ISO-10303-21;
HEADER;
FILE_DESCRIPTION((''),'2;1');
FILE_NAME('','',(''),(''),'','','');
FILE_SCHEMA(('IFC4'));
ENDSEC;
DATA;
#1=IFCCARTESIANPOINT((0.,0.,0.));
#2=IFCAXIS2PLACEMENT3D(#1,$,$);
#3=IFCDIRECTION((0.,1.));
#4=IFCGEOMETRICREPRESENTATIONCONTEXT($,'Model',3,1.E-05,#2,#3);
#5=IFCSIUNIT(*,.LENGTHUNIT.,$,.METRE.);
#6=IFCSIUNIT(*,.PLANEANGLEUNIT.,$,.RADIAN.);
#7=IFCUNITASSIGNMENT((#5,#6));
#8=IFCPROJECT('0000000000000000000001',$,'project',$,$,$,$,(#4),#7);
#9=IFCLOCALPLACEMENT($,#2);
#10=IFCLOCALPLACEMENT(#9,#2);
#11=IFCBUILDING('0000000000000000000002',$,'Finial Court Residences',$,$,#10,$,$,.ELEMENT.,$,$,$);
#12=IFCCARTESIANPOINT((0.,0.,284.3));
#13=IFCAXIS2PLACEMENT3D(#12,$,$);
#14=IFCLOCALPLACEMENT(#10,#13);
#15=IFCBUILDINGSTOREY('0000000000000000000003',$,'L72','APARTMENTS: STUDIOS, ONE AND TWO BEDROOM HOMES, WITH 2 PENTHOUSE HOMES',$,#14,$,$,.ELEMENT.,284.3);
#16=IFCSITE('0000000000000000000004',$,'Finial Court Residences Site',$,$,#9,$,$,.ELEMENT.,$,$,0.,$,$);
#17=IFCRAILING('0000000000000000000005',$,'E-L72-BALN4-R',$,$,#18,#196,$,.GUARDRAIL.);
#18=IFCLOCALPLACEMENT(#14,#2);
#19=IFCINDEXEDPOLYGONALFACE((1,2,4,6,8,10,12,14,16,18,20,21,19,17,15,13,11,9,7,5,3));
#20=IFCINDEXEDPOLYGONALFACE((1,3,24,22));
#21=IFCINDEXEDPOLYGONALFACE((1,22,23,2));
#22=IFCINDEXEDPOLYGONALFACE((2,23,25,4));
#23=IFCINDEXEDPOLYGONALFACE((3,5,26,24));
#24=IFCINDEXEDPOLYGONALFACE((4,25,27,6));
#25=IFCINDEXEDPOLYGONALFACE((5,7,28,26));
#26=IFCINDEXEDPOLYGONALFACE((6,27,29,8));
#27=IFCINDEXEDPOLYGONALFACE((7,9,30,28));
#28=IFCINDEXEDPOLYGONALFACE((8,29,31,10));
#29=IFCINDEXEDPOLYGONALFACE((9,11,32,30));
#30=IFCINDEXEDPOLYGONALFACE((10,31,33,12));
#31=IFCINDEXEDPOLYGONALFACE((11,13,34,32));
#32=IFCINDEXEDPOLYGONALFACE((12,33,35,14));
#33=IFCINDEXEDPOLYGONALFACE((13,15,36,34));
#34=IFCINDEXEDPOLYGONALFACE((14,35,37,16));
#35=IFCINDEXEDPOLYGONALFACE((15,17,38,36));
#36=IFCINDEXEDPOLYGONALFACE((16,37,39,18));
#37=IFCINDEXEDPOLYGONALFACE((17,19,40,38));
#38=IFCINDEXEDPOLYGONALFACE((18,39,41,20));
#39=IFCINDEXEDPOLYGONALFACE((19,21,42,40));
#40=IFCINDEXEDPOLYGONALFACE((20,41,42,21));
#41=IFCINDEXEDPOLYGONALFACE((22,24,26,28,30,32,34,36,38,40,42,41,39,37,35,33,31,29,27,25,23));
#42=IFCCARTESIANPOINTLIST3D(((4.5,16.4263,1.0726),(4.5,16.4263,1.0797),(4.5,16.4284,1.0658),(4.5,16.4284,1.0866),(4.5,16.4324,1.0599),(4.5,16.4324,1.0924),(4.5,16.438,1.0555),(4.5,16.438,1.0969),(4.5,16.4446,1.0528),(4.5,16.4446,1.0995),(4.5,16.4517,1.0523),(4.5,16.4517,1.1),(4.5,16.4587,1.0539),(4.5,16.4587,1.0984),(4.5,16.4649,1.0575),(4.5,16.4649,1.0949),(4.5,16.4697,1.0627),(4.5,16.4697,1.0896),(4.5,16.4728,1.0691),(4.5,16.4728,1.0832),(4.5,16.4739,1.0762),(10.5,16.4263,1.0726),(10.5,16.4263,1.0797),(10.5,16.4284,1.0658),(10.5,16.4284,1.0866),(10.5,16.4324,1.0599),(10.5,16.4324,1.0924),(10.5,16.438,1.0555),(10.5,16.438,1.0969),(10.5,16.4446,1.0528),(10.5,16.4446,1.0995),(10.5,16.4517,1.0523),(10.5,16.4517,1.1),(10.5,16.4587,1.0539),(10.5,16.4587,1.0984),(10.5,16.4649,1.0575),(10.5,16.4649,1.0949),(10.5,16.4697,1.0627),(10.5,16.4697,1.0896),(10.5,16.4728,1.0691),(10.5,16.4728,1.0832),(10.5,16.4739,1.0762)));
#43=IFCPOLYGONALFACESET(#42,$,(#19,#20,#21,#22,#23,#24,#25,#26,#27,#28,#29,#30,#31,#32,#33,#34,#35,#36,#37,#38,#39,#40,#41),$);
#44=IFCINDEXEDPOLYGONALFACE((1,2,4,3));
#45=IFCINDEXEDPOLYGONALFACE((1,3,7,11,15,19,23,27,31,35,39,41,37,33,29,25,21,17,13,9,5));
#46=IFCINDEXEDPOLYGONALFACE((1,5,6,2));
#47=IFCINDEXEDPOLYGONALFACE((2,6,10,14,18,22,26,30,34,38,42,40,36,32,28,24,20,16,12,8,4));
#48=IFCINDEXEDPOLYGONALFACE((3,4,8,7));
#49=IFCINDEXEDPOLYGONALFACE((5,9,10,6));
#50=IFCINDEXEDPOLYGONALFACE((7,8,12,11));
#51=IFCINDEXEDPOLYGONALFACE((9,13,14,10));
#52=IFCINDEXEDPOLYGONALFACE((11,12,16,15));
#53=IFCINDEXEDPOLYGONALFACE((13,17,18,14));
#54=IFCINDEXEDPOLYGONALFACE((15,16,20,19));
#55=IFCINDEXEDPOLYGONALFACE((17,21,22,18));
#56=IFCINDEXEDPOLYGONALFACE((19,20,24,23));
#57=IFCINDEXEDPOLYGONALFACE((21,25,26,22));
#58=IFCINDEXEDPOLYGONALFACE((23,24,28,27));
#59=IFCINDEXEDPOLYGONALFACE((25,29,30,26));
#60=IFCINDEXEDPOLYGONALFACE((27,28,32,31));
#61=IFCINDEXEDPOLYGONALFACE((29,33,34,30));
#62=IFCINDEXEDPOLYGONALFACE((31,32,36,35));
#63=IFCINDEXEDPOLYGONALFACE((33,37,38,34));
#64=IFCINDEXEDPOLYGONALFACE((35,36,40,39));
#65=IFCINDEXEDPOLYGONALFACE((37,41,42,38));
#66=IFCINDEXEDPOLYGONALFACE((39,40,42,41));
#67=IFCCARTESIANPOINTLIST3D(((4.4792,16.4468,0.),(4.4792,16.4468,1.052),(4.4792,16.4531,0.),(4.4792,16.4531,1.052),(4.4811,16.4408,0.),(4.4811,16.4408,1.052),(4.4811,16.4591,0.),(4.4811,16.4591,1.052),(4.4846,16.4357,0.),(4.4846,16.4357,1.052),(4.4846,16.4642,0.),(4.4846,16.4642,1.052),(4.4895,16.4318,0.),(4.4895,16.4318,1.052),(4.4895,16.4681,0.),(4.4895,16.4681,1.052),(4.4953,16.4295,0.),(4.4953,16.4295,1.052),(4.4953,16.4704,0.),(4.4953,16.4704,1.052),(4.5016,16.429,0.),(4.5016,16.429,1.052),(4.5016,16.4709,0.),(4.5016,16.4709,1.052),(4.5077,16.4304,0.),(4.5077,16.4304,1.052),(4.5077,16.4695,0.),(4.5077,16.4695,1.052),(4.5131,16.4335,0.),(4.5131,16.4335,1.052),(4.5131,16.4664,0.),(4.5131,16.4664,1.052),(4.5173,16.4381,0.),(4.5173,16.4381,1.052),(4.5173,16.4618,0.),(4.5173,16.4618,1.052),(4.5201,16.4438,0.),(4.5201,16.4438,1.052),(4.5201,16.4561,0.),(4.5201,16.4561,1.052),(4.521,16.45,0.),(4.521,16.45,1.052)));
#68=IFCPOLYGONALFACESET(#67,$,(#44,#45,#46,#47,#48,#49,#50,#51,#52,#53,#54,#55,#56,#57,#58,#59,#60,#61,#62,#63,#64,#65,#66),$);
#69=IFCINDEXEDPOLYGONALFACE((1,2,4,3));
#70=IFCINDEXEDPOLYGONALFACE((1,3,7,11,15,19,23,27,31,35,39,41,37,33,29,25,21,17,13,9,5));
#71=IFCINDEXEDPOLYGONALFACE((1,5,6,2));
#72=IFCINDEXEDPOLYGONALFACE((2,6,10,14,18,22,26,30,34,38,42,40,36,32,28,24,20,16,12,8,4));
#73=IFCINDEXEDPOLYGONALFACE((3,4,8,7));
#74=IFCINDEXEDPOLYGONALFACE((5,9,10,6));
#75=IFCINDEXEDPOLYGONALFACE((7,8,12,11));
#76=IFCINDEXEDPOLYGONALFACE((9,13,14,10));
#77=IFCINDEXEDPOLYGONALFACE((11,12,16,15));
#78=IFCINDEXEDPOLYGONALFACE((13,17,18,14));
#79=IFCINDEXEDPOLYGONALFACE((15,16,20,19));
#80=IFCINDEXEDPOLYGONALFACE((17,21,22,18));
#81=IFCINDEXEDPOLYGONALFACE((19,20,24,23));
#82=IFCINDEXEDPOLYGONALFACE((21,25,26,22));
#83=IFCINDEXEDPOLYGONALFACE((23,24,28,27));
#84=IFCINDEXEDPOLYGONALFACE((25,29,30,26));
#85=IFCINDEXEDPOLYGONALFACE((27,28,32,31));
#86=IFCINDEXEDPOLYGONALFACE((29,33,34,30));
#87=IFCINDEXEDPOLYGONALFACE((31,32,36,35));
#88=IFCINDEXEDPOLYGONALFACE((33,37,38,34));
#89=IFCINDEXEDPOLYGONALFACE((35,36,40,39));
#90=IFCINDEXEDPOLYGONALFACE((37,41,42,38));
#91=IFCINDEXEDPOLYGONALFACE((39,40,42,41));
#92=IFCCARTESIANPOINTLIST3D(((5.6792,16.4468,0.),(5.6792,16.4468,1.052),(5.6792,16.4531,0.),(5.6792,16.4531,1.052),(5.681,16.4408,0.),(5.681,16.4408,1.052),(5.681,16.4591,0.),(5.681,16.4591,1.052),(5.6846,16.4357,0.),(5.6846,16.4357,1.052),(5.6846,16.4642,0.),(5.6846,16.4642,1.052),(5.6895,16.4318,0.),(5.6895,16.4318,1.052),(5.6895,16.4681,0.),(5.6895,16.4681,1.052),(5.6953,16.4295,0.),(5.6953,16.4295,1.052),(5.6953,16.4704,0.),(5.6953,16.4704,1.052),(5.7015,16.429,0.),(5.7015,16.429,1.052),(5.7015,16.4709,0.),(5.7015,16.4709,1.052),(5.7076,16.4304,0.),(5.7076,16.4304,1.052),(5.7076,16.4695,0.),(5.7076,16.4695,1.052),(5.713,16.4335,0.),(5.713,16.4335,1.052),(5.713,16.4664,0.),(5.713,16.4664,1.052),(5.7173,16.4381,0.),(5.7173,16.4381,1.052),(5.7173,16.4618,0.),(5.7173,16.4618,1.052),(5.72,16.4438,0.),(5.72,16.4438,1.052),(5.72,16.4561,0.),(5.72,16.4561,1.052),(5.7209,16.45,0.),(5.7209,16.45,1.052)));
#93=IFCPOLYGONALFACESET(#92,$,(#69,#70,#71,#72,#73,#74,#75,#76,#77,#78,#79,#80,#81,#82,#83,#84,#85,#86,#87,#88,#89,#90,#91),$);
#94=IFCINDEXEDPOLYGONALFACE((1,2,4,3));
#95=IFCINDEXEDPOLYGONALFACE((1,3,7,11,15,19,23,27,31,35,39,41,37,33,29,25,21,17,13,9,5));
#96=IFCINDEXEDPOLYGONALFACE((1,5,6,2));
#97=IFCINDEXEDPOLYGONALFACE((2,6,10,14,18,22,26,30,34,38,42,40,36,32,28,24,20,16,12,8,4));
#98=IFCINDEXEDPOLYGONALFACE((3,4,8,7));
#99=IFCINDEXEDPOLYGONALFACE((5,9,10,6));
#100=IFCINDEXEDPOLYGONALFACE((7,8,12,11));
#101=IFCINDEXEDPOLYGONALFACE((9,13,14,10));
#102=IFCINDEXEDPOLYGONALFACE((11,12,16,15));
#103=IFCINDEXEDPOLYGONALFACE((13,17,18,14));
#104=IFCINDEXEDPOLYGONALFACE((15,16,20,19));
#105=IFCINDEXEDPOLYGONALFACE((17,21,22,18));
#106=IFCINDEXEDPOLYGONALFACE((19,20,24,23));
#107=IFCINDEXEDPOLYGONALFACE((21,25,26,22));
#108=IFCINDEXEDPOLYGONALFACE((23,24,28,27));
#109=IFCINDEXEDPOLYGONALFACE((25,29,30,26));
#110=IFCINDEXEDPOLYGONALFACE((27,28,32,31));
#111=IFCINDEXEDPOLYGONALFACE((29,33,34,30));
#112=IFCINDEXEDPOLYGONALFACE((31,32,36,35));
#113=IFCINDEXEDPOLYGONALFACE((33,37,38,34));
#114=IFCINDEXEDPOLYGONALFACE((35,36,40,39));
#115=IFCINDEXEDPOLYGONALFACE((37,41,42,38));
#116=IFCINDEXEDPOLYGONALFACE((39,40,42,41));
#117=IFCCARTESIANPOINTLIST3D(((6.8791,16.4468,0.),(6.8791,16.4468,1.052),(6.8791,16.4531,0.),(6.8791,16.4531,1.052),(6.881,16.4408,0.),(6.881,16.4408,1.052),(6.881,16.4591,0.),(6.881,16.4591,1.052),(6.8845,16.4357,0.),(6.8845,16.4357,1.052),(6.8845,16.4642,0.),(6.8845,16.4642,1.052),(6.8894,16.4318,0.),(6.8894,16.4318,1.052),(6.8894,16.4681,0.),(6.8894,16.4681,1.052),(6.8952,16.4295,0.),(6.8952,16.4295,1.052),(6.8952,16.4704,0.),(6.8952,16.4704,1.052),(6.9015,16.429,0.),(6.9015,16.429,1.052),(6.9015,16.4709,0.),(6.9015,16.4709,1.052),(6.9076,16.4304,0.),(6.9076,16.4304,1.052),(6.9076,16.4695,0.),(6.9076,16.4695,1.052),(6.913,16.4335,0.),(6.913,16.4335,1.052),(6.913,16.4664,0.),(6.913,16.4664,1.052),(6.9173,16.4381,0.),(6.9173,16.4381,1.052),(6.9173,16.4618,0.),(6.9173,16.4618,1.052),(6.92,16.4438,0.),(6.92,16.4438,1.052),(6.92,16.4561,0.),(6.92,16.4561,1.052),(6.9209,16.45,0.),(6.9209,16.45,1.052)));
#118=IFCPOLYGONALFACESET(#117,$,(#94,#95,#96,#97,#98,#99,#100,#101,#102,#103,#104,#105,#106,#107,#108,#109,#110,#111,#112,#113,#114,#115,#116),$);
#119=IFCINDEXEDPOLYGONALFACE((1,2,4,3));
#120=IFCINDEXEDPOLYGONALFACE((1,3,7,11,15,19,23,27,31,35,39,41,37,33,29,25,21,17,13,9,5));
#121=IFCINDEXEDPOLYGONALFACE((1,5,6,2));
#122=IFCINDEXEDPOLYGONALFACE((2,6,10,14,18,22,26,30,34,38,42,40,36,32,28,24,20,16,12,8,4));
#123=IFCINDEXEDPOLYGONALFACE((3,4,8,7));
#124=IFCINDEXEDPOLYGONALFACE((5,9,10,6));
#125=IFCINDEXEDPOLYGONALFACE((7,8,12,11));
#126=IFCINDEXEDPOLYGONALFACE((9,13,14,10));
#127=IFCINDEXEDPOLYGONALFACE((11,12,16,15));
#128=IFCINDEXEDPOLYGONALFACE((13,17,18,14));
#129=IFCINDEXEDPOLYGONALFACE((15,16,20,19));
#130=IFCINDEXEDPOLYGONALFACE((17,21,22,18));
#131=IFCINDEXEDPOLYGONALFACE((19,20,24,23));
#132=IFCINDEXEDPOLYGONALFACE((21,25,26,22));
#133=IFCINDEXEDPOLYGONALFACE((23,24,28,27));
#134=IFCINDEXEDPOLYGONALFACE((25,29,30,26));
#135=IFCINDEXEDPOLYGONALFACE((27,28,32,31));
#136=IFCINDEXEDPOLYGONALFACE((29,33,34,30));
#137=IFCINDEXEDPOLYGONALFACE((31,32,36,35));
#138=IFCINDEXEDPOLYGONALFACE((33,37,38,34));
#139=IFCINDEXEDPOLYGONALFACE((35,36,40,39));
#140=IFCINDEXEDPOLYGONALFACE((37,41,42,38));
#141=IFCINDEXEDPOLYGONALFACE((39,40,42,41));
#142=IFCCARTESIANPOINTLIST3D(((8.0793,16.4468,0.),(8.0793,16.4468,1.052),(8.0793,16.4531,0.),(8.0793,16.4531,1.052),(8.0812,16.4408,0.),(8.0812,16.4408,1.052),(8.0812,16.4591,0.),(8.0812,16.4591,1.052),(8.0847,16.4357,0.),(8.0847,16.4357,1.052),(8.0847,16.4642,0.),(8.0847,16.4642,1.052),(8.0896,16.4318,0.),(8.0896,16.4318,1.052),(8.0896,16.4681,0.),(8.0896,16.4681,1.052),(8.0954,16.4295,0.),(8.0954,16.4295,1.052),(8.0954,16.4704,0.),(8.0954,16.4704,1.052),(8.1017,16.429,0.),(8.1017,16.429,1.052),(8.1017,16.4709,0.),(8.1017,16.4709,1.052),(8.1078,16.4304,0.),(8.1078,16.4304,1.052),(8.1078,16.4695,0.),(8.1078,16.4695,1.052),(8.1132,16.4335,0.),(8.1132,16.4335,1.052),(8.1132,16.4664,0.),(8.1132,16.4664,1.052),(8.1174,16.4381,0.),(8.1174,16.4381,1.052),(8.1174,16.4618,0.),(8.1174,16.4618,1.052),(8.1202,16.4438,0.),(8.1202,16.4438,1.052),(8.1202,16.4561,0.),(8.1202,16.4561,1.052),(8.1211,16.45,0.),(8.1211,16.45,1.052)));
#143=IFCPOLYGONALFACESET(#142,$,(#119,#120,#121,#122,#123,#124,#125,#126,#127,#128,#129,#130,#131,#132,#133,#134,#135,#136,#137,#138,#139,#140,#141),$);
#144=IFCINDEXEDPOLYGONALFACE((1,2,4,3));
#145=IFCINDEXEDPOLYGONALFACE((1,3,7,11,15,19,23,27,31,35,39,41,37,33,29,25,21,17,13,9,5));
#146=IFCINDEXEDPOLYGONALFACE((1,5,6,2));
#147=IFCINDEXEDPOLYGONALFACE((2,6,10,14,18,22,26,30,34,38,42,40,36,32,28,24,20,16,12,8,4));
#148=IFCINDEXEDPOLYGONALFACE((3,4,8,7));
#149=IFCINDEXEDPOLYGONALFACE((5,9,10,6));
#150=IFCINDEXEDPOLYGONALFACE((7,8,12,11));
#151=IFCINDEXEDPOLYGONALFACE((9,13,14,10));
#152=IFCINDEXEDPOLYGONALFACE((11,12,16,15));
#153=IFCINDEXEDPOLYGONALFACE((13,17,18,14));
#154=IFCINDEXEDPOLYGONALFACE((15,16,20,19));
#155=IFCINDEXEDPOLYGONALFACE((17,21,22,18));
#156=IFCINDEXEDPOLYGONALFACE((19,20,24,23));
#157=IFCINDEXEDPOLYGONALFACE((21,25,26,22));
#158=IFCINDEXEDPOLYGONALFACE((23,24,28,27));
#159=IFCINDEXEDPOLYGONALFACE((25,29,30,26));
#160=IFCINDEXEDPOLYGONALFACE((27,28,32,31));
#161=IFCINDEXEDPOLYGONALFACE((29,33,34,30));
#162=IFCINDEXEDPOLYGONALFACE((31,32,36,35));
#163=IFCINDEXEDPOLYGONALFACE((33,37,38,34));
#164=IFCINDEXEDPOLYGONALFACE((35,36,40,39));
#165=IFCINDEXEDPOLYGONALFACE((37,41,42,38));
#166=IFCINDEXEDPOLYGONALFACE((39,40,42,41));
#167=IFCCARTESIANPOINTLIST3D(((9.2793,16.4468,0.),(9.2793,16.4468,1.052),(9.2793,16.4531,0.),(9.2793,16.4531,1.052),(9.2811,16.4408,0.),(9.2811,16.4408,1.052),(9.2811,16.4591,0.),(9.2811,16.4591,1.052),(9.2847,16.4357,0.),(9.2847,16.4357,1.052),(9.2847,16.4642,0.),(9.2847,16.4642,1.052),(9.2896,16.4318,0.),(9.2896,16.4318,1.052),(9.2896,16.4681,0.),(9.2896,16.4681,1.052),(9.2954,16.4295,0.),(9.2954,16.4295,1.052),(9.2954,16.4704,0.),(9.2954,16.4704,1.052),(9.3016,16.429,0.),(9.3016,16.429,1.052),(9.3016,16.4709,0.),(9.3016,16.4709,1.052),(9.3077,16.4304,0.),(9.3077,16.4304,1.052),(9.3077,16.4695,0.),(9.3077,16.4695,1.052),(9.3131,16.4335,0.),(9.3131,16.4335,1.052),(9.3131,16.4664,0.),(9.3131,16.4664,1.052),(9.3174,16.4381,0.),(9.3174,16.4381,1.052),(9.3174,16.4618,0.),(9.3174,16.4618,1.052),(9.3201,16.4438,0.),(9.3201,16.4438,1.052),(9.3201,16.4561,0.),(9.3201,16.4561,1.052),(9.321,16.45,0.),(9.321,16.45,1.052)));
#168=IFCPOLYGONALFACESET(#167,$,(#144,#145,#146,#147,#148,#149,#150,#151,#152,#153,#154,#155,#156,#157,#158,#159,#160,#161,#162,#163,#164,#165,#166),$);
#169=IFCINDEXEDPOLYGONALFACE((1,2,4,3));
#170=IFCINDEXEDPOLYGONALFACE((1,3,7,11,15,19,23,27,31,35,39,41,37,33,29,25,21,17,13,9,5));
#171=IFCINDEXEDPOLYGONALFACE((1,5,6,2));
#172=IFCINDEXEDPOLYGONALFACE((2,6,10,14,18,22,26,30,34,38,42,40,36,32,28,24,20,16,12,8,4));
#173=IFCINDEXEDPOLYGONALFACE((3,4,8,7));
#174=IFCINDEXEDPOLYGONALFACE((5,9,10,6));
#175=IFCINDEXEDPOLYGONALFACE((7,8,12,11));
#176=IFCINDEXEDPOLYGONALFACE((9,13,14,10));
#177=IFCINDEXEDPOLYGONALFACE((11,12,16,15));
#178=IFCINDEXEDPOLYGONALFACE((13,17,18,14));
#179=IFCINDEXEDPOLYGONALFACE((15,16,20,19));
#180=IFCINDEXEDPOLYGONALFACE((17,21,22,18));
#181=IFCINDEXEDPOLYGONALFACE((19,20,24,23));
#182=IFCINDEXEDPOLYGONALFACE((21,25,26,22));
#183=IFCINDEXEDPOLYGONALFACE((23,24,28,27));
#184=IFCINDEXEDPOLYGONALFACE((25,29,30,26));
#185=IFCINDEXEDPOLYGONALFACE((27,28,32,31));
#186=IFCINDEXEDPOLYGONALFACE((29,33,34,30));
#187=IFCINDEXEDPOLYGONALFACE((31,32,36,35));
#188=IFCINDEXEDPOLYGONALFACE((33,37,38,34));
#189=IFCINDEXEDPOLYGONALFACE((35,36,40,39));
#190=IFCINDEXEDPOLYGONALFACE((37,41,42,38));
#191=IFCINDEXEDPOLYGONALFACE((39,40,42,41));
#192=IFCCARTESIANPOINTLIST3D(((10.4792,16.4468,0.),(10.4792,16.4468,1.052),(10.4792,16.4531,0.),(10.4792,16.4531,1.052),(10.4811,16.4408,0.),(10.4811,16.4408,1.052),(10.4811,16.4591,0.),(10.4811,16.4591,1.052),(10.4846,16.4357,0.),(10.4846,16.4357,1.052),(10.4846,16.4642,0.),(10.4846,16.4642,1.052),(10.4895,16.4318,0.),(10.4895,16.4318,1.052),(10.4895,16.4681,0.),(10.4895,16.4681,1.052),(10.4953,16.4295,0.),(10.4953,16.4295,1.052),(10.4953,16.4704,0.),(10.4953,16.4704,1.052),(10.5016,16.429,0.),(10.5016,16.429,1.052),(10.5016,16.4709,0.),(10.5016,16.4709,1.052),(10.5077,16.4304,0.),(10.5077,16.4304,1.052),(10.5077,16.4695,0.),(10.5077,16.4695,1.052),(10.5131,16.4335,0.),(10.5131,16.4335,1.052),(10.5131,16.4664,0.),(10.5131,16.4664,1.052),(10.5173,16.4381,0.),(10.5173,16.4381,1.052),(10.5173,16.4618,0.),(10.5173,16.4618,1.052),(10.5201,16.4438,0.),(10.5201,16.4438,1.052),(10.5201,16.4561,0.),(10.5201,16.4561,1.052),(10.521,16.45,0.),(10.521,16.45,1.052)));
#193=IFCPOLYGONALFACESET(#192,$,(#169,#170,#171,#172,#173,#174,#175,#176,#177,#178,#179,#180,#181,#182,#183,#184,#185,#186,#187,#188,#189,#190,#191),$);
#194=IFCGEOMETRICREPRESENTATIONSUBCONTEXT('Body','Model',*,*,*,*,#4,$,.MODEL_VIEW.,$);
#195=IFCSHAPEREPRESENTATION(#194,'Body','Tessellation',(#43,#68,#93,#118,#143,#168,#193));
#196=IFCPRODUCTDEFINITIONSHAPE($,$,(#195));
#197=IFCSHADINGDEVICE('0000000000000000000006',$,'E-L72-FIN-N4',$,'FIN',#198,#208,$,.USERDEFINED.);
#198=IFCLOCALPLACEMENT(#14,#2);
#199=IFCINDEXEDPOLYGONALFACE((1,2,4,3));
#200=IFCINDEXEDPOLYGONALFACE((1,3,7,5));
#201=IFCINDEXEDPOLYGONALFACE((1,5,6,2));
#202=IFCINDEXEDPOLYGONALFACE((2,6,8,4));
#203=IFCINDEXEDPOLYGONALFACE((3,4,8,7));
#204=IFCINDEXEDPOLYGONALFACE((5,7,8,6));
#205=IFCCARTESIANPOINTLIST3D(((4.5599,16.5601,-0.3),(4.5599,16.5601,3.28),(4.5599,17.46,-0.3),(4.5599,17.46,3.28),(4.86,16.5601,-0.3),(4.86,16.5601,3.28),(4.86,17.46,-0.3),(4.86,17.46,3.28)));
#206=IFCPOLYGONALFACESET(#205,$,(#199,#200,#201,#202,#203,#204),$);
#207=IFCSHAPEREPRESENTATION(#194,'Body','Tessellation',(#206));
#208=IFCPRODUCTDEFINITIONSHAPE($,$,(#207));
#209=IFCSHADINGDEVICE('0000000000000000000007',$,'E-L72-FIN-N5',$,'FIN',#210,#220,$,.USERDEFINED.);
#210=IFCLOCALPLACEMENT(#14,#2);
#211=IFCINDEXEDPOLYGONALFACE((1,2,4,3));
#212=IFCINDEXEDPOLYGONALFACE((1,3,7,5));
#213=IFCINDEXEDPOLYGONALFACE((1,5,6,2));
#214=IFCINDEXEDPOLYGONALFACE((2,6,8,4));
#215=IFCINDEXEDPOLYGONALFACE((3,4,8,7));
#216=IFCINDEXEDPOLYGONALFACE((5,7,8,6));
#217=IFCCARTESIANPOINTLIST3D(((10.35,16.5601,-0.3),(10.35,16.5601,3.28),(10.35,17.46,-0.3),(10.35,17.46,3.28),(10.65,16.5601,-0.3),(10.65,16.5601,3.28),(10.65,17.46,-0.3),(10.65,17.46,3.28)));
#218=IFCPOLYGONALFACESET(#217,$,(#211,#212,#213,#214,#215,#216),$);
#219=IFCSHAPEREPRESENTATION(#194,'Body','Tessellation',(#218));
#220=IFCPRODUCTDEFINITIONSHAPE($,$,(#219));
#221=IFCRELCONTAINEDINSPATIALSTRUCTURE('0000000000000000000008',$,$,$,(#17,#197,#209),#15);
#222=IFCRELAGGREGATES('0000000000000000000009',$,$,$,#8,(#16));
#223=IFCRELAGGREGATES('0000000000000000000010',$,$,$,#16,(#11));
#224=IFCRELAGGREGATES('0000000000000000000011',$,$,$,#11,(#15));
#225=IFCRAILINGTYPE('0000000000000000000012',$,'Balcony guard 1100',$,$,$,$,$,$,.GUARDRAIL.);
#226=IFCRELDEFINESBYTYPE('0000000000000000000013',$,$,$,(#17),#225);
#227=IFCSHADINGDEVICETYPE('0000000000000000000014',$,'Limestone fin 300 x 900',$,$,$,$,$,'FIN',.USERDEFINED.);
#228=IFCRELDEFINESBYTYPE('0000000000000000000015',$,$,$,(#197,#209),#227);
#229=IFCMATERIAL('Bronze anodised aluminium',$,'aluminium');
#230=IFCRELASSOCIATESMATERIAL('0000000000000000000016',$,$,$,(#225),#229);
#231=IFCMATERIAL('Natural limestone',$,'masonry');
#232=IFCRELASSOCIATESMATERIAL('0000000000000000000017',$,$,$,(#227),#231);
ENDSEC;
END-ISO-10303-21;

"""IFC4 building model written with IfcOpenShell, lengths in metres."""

from ifc_helpers import new_model, si_unit, direction, frame, origin, origin_2d, place, context, subcontext, project, spatial, rectangle, circle, extrude, material, type_object, element, save


model = new_model("IFC4")

# Units and contexts
model_context = context("Model", 3, precision=1e-05, world=origin(), true_north=direction((0.0, 1.0)))
body_context = subcontext(model_context, "Body", "Model", "MODEL_VIEW")
ifc_project = project(units=[si_unit("LENGTHUNIT", "METRE"), si_unit("PLANEANGLEUNIT", "RADIAN")], contexts=[model_context])

# Site, building, storey
site_placement = place(None, origin())
site = spatial("IfcSite", under=ifc_project, at=site_placement, Name="Finial Court Residences Site", CompositionType="ELEMENT", RefElevation=0.0)
building_placement = place(site_placement, origin())
building = spatial("IfcBuilding", under=site, at=building_placement, Name="Finial Court Residences", CompositionType="ELEMENT")
storey_placement = place(building_placement, frame((0.0, 0.0, 284.3)))
storey = spatial("IfcBuildingStorey", under=building, at=storey_placement, Name="L72", Description="APARTMENTS: STUDIOS, ONE AND TWO BEDROOM HOMES, WITH 2 PENTHOUSE HOMES", CompositionType="ELEMENT", Elevation=284.3)

# Shared definitions
ifc_material_1 = material(Name="Bronze anodised aluminium", Category="aluminium")

# Shared definitions
ifc_material_2 = material(Name="Natural limestone", Category="masonry")

# Railing
railing_type = type_object("IfcRailingType", Name="Balcony guard 1100", PredefinedType="GUARDRAIL", material=ifc_material_1)
railing_placement = place(storey_placement, frame((4.5, 16.45, 0.0)))
element("IfcRailing", 1, at=railing_placement, inside=storey, type_object=railing_type, Name="E-L72-BALN4-R", PredefinedType="GUARDRAIL", context=body_context, shape_type="SweptSolid", body=[
    extrude(circle(Radius=0.0239, at=origin_2d()), frame((0.0, 0.0, 1.0762), z_axis=(1.0, 0.0, 0.0), x_axis=(0.0, 1.0, 0.0)), (0.0, 0.0, 1.0), 6.0),
    extrude(circle(Radius=0.021, at=origin_2d()), origin(), (0.0, 0.0, 1.0), 1.052),
    extrude(circle(Radius=0.021, at=origin_2d()), frame((1.2, 0.0, 0.0)), (0.0, 0.0, 1.0), 1.052),
    extrude(circle(Radius=0.021, at=origin_2d()), frame((2.3999, 0.0, 0.0)), (0.0, 0.0, 1.0), 1.052),
    extrude(circle(Radius=0.021, at=origin_2d()), frame((3.6001, 0.0, 0.0)), (0.0, 0.0, 1.0), 1.052),
    extrude(circle(Radius=0.021, at=origin_2d()), frame((4.8, 0.0, 0.0)), (0.0, 0.0, 1.0), 1.052),
    extrude(circle(Radius=0.021, at=origin_2d()), frame((6.0, 0.0, 0.0)), (0.0, 0.0, 1.0), 1.052),
])

# Shading devices
shading_device_type = type_object("IfcShadingDeviceType", Name="Limestone fin 300 x 900", ElementType="FIN", PredefinedType="USERDEFINED", material=ifc_material_2)
for number, where, z_axis, x_axis, name in (
    (2, (4.71, 17.01, -0.3), (0.0, 0.0, 1.0), (1.0, 0.0, 0.0), "E-L72-FIN-N4"),
    (3, (10.5, 17.01, -0.3), (0.0, 0.0, 1.0), (1.0, 0.0, 0.0), "E-L72-FIN-N5"),
):
    element("IfcShadingDevice", number, at=place(storey_placement, frame(where, z_axis=z_axis, x_axis=x_axis)), inside=storey, type_object=shading_device_type, Name=name, ObjectType="FIN", PredefinedType="USERDEFINED", context=body_context, shape_type="SweptSolid", body=[
        extrude(rectangle(XDim=0.3, YDim=0.8999, at=origin_2d()), origin(), (0.0, 0.0, 1.0), 3.5801),
    ])

save(model, "model.ifc")
